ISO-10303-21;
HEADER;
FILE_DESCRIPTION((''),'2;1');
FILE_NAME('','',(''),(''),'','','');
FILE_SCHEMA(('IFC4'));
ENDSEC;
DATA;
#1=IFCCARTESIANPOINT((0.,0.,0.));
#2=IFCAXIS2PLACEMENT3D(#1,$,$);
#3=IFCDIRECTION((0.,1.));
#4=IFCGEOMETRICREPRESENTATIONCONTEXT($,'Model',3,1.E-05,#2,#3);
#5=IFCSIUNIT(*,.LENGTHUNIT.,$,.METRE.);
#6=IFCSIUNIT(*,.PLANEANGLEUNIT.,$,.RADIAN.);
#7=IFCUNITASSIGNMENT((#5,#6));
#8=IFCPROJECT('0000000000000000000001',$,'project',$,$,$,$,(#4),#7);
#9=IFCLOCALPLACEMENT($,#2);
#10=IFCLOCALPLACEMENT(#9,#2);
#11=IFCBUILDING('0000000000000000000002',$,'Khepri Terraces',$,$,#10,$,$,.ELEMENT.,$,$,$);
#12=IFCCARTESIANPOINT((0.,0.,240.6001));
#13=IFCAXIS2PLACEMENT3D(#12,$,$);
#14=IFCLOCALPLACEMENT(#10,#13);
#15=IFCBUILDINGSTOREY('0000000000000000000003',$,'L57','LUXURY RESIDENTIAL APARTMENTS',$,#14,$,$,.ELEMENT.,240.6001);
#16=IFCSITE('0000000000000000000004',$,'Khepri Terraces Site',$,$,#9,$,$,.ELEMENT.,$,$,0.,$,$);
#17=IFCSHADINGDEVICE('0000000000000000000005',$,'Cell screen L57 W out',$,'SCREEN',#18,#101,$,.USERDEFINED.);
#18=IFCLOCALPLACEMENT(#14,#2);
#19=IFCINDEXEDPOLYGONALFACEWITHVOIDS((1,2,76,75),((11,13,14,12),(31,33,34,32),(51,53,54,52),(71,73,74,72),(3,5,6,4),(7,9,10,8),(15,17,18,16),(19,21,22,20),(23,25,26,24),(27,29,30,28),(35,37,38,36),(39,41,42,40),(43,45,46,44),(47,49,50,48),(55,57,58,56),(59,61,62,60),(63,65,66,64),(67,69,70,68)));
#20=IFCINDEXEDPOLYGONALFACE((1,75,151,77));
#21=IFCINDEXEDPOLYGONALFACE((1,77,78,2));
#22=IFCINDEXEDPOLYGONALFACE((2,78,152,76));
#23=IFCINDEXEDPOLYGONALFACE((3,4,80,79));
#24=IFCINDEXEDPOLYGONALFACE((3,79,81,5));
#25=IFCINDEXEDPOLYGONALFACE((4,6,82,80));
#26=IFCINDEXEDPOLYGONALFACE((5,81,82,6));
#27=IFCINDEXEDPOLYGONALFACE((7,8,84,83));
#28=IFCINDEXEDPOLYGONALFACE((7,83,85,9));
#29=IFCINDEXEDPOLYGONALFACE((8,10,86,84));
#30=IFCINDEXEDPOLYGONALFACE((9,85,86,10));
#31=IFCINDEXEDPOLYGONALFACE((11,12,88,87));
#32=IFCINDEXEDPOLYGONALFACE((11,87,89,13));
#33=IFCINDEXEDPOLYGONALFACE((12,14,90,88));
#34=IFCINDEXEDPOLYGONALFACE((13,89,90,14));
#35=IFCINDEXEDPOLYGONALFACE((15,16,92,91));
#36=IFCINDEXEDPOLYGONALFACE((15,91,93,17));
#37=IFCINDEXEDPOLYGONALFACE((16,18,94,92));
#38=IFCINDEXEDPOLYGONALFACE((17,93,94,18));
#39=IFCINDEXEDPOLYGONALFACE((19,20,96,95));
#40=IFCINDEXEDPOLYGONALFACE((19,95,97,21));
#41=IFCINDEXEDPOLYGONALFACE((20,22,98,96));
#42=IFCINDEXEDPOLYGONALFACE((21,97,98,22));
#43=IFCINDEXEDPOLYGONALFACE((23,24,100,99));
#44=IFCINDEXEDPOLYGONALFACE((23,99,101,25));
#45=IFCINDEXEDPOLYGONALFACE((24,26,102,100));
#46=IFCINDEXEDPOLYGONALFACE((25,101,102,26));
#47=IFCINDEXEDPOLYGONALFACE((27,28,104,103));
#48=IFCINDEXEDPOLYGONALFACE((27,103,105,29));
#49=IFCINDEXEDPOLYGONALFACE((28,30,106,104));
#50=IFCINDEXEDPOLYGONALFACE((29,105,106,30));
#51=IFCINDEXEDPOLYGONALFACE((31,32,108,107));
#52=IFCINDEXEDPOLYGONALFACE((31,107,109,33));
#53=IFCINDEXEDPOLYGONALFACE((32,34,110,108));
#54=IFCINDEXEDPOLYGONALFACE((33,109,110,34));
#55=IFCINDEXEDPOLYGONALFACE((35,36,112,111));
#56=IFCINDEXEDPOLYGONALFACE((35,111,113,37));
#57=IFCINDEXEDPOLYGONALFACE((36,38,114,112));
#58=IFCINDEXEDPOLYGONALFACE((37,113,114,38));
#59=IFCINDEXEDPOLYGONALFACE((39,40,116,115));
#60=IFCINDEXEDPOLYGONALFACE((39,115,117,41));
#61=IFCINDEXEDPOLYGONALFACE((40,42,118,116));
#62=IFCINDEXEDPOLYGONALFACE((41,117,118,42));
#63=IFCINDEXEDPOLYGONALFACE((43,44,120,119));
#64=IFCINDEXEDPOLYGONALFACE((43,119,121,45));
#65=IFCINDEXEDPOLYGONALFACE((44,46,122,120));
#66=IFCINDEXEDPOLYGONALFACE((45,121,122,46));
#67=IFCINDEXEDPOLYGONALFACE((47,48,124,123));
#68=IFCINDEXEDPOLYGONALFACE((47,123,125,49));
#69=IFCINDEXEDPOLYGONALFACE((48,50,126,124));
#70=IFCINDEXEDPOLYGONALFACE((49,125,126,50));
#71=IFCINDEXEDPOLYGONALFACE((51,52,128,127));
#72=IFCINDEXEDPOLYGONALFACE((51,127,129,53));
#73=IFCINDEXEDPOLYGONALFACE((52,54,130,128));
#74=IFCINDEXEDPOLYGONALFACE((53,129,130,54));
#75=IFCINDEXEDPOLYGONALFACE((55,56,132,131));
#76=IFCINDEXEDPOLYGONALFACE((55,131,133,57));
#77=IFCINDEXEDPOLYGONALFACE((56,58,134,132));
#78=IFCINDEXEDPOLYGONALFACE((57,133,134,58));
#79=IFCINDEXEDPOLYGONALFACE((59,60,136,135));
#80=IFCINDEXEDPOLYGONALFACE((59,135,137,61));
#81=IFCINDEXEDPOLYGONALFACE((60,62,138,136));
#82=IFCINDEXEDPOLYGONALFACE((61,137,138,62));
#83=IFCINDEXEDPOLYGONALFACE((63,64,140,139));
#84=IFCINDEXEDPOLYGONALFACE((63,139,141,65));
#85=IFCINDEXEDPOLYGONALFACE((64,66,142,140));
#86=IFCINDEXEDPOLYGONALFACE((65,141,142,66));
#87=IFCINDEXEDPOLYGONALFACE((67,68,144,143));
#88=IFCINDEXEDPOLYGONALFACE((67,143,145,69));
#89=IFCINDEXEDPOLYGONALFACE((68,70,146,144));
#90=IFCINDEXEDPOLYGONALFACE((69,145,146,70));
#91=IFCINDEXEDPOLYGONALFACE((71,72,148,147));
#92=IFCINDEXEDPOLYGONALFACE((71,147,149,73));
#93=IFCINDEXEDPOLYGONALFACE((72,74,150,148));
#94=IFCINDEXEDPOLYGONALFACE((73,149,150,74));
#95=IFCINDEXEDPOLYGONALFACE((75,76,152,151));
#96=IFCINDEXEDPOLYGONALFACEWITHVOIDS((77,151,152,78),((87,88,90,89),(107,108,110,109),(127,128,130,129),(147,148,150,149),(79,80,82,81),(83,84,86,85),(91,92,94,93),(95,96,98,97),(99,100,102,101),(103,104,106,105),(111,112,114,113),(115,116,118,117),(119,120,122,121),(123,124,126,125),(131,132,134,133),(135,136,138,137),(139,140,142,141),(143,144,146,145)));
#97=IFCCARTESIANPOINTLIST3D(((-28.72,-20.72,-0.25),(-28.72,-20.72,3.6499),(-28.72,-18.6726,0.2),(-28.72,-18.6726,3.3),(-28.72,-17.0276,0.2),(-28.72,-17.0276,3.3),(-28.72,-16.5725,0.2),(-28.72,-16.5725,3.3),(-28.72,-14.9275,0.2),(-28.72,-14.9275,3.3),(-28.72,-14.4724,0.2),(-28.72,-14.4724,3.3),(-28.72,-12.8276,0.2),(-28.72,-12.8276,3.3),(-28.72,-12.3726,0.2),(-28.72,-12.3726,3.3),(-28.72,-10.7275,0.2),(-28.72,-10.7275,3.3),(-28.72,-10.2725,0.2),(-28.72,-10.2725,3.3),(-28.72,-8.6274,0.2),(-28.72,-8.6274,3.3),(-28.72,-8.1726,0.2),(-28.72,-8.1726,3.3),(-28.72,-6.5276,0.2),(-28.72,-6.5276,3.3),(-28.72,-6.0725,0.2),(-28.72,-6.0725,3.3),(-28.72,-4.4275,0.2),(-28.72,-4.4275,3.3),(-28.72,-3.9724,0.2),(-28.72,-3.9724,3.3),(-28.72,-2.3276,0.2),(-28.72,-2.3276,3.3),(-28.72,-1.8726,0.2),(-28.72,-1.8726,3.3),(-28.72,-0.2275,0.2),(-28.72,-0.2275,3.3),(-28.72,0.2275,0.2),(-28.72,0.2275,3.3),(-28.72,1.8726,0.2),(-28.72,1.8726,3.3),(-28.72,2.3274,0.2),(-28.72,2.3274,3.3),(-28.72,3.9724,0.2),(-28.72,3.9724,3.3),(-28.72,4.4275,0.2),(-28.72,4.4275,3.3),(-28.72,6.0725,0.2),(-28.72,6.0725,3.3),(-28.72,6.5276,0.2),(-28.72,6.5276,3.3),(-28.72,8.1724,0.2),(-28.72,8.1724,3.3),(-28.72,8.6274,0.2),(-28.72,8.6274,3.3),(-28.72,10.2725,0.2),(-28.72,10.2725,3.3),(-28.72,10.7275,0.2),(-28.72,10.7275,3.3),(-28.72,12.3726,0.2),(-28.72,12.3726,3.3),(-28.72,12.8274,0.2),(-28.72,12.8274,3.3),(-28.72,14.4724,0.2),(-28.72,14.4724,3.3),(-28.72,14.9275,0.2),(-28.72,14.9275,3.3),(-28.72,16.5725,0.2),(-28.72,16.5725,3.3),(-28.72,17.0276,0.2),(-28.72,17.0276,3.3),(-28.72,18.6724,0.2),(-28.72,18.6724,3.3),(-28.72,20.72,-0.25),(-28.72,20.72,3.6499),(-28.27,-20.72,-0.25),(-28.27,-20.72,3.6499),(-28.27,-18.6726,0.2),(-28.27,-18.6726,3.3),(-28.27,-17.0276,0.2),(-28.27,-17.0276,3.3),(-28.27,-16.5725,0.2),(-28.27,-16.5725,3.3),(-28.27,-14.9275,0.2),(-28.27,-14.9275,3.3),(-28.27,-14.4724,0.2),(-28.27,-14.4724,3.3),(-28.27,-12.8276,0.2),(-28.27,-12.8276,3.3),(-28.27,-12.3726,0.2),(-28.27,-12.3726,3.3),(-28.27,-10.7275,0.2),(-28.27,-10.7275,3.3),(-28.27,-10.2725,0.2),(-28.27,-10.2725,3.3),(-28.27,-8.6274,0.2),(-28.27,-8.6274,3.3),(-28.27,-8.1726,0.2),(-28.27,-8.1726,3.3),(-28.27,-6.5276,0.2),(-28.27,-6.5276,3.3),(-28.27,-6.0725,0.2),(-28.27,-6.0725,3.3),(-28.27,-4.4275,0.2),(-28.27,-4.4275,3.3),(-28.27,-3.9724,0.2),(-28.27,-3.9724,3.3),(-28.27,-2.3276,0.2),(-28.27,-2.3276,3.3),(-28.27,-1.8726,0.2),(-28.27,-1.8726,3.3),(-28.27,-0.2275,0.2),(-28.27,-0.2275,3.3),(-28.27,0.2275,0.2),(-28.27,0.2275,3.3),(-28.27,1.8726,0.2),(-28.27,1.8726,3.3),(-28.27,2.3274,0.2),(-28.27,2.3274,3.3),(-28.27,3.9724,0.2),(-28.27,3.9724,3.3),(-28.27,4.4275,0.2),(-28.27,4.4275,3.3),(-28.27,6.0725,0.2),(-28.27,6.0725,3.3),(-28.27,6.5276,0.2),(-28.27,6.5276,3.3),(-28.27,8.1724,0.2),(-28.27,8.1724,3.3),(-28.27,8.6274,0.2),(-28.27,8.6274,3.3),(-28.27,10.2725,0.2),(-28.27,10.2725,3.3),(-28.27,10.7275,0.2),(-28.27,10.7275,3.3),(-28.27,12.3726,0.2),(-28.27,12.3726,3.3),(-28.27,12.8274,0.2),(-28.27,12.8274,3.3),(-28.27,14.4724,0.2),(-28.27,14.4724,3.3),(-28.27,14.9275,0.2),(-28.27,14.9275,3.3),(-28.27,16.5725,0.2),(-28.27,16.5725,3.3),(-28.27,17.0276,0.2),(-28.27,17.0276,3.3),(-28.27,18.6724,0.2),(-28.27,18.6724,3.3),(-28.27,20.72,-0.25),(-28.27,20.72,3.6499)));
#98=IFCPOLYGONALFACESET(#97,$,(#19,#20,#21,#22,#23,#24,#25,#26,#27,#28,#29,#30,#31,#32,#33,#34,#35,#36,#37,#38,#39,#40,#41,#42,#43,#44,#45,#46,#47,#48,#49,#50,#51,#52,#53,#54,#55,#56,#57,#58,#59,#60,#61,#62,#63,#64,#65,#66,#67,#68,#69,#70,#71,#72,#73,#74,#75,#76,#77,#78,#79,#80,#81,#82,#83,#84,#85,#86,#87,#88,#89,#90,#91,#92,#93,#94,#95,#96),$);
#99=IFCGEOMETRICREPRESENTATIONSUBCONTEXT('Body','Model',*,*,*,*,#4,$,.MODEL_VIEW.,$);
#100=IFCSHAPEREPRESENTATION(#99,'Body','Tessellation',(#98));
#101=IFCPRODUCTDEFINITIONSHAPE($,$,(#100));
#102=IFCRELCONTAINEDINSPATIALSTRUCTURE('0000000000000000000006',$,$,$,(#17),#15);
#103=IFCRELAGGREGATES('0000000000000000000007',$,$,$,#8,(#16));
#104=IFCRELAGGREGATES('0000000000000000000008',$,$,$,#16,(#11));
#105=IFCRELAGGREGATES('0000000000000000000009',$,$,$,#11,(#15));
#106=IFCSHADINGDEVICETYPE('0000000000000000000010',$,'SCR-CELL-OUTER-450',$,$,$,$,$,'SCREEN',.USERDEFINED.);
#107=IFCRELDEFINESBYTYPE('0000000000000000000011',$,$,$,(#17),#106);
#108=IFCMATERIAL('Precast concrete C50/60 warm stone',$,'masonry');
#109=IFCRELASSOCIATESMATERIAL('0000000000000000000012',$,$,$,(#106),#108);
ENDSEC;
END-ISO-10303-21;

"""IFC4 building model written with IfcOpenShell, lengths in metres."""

from ifc_helpers import new_model, si_unit, direction, frame, origin, place, context, subcontext, project, spatial, polyline, outline, extrude, material, type_object, element, save


model = new_model("IFC4")

# Units and contexts
model_context = context("Model", 3, precision=1e-05, world=origin(), true_north=direction((0.0, 1.0)))
body_context = subcontext(model_context, "Body", "Model", "MODEL_VIEW")
ifc_project = project(units=[si_unit("LENGTHUNIT", "METRE"), si_unit("PLANEANGLEUNIT", "RADIAN")], contexts=[model_context])

# Site, building, storey
site_placement = place(None, origin())
site = spatial("IfcSite", under=ifc_project, at=site_placement, Name="Khepri Terraces Site", CompositionType="ELEMENT", RefElevation=0.0)
building_placement = place(site_placement, origin())
building = spatial("IfcBuilding", under=site, at=building_placement, Name="Khepri Terraces", CompositionType="ELEMENT")
storey_placement = place(building_placement, frame((0.0, 0.0, 240.6001)))
storey = spatial("IfcBuildingStorey", under=building, at=storey_placement, Name="L57", Description="LUXURY RESIDENTIAL APARTMENTS", CompositionType="ELEMENT", Elevation=240.6001)

# Shared definitions
ifc_material_1 = material(Name="Precast concrete C50/60 warm stone", Category="masonry")

# Shading device
shading_device_type_1 = type_object("IfcShadingDeviceType", Name="SCR-CELL-OUTER-450", ElementType="SCREEN", PredefinedType="USERDEFINED", material=ifc_material_1)
shading_device_1_placement = place(storey_placement, frame((-28.27, 20.72, -0.25), z_axis=(-1.0, 0.0, 0.0), x_axis=(0.0, -1.0, 0.0)))
element("IfcShadingDevice", 1, at=shading_device_1_placement, inside=storey, type_object=shading_device_type_1, Name="Cell screen L57 W out", ObjectType="SCREEN", PredefinedType="USERDEFINED", context=body_context, shape_type="SweptSolid", body=[
    extrude(outline(polyline([(0.0, 0.0), (41.4399, 0.0), (41.4399, 3.8999), (0.0, 3.8999), (0.0, 0.0)]), holes=[polyline([(2.0476, 0.45), (3.6924, 0.45), (3.6924, 3.55), (2.0476, 3.55), (2.0476, 0.45)]), polyline([(4.1475, 0.45), (5.7925, 0.45), (5.7925, 3.55), (4.1475, 3.55), (4.1475, 0.45)]), polyline([(6.2476, 0.45), (7.8926, 0.45), (7.8926, 3.55), (6.2476, 3.55), (6.2476, 0.45)]), polyline([(8.3474, 0.45), (9.9924, 0.45), (9.9924, 3.55), (8.3474, 3.55), (8.3474, 0.45)]), polyline([(10.4475, 0.45), (12.0925, 0.45), (12.0925, 3.55), (10.4475, 3.55), (10.4475, 0.45)]), polyline([(12.5476, 0.45), (14.1924, 0.45), (14.1924, 3.55), (12.5476, 3.55), (12.5476, 0.45)]), polyline([(14.6475, 0.45), (16.2925, 0.45), (16.2925, 3.55), (14.6475, 3.55), (14.6475, 0.45)]), polyline([(16.7476, 0.45), (18.3926, 0.45), (18.3926, 3.55), (16.7476, 3.55), (16.7476, 0.45)]), polyline([(18.8474, 0.45), (20.4924, 0.45), (20.4924, 3.55), (18.8474, 3.55), (18.8474, 0.45)]), polyline([(20.9475, 0.45), (22.5925, 0.45), (22.5925, 3.55), (20.9475, 3.55), (20.9475, 0.45)]), polyline([(23.0476, 0.45), (24.6924, 0.45), (24.6924, 3.55), (23.0476, 3.55), (23.0476, 0.45)]), polyline([(25.1475, 0.45), (26.7925, 0.45), (26.7925, 3.55), (25.1475, 3.55), (25.1475, 0.45)]), polyline([(27.2476, 0.45), (28.8926, 0.45), (28.8926, 3.55), (27.2476, 3.55), (27.2476, 0.45)]), polyline([(29.3474, 0.45), (30.9924, 0.45), (30.9924, 3.55), (29.3474, 3.55), (29.3474, 0.45)]), polyline([(31.4475, 0.45), (33.0925, 0.45), (33.0925, 3.55), (31.4475, 3.55), (31.4475, 0.45)]), polyline([(33.5476, 0.45), (35.1924, 0.45), (35.1924, 3.55), (33.5476, 3.55), (33.5476, 0.45)]), polyline([(35.6475, 0.45), (37.2925, 0.45), (37.2925, 3.55), (35.6475, 3.55), (35.6475, 0.45)]), polyline([(37.7476, 0.45), (39.3926, 0.45), (39.3926, 3.55), (37.7476, 3.55), (37.7476, 0.45)])]), origin(), (0.0, 0.0, 1.0), 0.45),
])

save(model, "model.ifc")
